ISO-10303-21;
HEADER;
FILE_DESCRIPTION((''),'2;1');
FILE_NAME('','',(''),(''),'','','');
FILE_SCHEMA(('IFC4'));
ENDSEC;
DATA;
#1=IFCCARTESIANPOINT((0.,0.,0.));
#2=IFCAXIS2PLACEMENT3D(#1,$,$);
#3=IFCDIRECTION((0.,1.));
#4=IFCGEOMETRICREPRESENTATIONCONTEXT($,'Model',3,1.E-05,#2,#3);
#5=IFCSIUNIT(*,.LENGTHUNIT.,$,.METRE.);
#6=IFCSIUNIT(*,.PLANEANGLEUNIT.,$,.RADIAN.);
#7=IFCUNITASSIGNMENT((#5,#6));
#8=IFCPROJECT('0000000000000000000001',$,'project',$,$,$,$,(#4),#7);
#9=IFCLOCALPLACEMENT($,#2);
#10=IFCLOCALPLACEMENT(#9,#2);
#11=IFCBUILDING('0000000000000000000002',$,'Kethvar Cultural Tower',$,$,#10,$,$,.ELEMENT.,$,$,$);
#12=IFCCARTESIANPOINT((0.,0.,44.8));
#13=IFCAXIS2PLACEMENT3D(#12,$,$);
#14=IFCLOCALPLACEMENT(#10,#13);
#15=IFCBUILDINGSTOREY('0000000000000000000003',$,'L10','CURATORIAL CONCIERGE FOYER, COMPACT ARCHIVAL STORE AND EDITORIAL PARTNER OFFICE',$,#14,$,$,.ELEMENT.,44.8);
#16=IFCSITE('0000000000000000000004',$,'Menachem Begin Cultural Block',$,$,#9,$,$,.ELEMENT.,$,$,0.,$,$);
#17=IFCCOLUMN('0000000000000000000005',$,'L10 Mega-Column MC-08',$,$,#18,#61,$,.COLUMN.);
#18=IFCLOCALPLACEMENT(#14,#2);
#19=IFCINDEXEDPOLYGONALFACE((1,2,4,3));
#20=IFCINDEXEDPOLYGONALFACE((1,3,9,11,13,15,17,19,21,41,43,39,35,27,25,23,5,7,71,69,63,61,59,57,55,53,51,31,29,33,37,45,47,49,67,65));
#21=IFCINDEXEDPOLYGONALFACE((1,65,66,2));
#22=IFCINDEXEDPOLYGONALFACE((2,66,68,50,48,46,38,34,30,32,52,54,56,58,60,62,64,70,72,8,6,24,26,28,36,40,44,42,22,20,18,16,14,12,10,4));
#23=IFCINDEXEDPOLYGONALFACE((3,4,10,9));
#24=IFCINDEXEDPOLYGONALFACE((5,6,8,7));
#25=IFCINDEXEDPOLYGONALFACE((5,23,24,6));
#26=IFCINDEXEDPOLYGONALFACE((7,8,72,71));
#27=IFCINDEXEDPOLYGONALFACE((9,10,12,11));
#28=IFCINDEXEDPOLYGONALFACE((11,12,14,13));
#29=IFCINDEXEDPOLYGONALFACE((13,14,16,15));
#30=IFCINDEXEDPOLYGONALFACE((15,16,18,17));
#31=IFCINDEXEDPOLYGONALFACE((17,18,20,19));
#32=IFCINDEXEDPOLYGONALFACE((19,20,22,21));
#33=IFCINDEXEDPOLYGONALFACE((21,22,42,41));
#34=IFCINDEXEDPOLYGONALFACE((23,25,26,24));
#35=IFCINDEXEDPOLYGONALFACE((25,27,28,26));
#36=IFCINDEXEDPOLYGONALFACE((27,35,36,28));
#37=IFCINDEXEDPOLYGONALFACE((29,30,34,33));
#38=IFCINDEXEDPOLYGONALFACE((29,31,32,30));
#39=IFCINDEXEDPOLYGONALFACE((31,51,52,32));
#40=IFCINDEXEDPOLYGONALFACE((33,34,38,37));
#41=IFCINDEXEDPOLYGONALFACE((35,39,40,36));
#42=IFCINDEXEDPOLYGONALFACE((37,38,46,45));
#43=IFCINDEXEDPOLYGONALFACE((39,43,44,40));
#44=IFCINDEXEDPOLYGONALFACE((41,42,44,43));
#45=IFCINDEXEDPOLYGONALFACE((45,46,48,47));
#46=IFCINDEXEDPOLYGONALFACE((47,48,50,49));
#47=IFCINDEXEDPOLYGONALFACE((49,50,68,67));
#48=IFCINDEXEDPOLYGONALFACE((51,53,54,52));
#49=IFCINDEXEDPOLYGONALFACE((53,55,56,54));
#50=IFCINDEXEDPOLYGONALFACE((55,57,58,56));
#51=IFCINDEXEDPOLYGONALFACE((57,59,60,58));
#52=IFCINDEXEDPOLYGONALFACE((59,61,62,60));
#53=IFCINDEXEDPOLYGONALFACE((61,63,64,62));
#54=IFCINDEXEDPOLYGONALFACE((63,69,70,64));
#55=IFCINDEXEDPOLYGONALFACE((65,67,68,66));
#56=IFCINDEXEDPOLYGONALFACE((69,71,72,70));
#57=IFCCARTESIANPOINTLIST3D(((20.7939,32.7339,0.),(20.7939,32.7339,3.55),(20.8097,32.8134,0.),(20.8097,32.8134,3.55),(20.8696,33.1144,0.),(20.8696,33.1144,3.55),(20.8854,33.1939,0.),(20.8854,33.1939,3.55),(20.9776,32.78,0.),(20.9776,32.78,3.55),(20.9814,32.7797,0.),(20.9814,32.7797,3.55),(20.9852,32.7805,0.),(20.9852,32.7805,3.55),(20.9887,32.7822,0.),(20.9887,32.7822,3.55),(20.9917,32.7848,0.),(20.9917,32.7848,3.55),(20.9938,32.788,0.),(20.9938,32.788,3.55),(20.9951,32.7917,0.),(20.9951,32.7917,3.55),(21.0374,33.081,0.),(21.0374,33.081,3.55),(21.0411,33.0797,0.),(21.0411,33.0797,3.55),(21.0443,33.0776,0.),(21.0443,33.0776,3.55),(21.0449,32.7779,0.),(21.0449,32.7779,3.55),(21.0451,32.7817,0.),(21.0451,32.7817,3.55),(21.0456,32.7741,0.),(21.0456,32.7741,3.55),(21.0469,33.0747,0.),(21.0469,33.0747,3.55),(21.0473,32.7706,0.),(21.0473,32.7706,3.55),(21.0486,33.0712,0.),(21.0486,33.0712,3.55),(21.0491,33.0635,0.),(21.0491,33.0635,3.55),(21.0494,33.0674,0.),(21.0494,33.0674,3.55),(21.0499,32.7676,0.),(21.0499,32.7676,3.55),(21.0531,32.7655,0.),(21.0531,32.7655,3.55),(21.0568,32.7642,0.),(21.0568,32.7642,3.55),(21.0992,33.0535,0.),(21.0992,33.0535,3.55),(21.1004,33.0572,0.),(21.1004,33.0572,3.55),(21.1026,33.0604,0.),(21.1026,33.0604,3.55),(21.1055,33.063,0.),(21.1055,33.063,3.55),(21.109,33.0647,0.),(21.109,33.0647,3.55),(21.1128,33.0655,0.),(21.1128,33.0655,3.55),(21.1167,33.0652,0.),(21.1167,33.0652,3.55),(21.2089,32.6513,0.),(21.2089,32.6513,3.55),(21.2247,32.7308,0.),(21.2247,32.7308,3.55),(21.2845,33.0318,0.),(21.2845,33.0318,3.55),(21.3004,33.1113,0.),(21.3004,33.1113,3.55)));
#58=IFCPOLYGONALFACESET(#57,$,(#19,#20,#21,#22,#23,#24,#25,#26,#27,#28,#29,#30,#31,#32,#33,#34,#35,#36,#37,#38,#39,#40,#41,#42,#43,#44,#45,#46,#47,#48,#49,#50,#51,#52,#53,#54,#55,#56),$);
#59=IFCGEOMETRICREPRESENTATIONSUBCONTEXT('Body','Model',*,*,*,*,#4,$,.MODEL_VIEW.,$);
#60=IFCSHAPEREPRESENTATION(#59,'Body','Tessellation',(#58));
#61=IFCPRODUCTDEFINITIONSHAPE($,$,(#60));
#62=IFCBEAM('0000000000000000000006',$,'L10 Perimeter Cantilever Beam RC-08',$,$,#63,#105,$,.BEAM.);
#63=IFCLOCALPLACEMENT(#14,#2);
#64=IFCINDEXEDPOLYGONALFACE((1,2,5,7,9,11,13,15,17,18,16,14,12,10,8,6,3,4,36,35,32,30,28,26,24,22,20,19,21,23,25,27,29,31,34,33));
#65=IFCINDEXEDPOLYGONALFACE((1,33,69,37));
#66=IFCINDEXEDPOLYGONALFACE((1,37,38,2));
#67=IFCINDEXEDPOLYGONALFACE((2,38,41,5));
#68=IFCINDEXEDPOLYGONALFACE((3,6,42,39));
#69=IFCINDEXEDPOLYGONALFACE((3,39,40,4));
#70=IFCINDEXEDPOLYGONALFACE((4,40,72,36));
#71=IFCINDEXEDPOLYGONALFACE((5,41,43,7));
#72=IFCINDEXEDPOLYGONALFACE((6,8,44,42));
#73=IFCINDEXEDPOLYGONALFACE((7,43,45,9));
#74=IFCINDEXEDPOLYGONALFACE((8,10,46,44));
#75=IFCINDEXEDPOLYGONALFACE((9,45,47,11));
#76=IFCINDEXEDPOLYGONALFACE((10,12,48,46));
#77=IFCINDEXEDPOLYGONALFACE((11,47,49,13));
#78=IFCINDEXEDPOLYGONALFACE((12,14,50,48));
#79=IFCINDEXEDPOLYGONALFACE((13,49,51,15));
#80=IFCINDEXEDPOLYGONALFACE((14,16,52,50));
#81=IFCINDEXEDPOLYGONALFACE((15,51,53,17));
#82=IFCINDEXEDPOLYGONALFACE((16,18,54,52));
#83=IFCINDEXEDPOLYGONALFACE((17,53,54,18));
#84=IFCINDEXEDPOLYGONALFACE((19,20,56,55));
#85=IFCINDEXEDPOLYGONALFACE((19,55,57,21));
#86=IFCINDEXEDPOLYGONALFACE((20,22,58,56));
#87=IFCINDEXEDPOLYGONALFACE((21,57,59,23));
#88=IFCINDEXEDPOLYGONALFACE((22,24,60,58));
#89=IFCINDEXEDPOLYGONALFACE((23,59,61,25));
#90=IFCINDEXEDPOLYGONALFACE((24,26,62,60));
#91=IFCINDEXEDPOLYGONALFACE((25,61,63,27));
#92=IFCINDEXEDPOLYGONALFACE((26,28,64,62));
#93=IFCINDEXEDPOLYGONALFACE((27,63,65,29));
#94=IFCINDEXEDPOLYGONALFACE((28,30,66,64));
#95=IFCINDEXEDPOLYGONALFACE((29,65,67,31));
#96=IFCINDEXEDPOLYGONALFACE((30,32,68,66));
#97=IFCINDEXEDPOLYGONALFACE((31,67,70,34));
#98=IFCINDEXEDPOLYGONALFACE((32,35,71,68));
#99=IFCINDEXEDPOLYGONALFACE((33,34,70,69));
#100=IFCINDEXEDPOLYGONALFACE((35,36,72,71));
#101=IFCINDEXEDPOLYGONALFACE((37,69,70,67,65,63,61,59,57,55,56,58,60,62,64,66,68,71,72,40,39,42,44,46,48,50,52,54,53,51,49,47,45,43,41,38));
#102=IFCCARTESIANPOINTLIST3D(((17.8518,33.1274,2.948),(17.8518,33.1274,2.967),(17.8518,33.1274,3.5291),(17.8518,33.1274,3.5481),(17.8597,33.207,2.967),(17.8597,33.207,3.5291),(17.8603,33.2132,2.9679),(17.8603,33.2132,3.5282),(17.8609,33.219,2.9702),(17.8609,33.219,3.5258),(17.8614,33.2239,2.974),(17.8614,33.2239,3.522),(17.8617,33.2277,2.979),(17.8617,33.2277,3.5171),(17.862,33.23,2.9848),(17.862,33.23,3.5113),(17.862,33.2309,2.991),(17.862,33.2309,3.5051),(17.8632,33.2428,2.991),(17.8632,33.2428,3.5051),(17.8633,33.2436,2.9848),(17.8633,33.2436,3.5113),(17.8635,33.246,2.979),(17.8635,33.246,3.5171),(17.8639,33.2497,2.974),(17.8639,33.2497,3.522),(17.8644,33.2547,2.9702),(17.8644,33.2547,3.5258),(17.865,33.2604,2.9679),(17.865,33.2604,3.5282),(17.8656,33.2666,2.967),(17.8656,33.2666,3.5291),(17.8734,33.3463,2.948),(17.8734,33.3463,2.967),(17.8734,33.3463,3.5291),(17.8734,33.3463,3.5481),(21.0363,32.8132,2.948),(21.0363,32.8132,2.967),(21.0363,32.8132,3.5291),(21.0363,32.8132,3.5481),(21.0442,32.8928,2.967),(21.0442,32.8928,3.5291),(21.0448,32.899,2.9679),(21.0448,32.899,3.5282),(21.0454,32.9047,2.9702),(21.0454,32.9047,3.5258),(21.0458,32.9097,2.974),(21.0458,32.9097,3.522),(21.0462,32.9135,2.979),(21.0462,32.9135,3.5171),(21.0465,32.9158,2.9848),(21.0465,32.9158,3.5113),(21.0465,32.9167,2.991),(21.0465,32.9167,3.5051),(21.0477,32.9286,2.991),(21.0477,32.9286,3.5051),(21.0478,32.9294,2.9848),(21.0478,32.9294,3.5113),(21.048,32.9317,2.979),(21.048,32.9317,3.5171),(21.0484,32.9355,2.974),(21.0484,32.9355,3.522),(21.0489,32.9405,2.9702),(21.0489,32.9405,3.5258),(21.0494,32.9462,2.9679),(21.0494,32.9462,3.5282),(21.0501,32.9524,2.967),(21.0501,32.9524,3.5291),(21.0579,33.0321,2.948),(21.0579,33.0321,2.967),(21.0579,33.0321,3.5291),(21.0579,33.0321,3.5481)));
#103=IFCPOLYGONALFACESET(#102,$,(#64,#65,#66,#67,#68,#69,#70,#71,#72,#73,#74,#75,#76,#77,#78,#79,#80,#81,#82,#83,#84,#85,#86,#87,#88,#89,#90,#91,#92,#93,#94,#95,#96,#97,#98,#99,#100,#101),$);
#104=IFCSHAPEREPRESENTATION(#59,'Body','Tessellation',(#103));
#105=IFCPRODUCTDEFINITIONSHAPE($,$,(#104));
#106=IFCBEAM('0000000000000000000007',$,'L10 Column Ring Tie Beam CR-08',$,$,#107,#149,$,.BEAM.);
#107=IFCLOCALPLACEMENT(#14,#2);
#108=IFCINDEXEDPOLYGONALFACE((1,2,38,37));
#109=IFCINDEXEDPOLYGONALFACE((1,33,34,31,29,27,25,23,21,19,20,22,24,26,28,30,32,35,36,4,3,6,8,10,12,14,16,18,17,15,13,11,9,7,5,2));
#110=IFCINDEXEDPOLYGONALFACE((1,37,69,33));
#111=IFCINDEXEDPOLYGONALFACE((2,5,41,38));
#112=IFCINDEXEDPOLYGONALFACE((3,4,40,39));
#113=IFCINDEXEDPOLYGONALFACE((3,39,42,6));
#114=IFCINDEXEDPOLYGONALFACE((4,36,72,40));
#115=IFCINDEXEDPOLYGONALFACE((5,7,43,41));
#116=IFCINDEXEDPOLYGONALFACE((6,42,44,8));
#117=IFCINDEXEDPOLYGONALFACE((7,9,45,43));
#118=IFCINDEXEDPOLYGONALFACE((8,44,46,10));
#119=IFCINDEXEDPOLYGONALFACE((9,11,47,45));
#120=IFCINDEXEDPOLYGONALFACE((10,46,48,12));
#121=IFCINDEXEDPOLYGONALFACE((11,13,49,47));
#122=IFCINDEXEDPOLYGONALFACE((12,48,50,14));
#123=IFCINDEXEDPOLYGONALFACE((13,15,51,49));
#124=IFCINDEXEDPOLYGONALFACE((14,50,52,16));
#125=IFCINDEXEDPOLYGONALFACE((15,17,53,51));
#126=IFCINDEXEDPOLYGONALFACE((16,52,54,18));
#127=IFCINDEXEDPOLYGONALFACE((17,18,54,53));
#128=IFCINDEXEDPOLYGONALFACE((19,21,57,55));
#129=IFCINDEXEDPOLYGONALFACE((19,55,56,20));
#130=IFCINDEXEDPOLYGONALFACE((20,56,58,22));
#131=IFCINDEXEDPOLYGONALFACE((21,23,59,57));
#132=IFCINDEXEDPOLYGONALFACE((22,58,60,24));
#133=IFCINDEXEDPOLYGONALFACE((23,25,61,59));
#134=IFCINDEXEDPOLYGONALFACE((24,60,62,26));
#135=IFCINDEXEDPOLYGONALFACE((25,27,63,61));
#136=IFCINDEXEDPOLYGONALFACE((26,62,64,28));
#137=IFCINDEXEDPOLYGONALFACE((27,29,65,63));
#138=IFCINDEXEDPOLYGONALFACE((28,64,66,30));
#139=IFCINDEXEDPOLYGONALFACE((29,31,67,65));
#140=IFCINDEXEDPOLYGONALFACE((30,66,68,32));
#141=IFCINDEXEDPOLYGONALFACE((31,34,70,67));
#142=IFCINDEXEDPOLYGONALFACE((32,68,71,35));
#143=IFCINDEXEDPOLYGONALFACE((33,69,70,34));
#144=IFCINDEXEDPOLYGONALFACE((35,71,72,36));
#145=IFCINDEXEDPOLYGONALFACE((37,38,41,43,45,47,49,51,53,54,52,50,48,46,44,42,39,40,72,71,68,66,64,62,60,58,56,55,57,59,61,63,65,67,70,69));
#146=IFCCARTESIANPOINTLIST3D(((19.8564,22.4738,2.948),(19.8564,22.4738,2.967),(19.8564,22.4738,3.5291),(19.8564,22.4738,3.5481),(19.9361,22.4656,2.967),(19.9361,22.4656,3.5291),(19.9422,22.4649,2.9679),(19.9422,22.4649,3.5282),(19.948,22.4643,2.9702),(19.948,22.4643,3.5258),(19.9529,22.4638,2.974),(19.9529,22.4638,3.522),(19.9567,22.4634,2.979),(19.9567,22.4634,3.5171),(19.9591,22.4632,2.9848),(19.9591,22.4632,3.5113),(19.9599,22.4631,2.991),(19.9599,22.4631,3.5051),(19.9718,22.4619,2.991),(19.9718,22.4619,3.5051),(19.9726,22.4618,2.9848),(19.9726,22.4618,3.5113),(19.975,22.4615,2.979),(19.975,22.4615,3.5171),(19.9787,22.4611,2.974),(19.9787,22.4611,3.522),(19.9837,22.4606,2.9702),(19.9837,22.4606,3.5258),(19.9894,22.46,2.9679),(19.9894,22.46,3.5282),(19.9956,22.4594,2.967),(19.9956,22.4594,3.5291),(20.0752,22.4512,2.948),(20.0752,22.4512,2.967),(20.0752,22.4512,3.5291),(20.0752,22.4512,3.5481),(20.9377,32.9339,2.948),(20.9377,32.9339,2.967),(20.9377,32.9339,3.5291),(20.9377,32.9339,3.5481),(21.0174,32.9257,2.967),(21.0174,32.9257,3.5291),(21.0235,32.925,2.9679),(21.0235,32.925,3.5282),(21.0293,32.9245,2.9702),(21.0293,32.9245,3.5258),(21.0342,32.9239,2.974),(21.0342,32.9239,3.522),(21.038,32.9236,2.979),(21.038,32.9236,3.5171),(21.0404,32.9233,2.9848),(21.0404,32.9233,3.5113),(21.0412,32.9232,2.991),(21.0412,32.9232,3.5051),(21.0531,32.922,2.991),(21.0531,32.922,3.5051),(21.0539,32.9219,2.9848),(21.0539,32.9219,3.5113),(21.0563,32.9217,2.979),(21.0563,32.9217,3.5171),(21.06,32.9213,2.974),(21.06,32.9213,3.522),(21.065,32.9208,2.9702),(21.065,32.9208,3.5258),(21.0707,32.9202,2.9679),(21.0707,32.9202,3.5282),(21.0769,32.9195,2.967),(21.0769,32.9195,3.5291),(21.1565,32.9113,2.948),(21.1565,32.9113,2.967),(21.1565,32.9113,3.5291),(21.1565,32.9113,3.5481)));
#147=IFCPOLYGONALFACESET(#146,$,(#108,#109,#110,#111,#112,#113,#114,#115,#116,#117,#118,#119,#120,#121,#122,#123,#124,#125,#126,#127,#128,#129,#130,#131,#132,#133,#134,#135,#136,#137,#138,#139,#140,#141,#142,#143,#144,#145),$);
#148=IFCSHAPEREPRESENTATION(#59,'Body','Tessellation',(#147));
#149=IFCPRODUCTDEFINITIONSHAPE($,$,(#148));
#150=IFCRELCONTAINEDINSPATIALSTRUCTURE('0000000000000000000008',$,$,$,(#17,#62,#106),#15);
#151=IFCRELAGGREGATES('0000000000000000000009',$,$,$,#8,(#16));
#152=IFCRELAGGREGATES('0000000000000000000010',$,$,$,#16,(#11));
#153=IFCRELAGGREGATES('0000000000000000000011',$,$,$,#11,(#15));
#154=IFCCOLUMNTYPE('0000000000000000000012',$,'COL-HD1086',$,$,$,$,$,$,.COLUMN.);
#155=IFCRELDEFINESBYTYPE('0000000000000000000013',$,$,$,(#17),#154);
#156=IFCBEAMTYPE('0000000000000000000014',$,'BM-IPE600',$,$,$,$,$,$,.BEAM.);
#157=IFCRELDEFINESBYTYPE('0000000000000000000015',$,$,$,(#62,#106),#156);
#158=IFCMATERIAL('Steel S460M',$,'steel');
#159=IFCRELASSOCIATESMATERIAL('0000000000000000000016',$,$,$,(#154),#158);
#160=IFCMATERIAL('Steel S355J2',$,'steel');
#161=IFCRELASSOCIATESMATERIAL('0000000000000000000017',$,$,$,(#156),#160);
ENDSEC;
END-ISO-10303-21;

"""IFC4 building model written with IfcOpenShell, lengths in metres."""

from ifc_helpers import new_model, si_unit, direction, frame, origin, origin_2d, place, context, subcontext, project, spatial, i_section, extrude, source, transform, mapped, material, material_profile, profile_set, type_object, element, save


model = new_model("IFC4")

# Units and contexts
model_context = context("Model", 3, precision=1e-05, world=origin(), true_north=direction((0.0, 1.0)))
body_context = subcontext(model_context, "Body", "Model", "MODEL_VIEW")
ifc_project = project(units=[si_unit("LENGTHUNIT", "METRE"), si_unit("PLANEANGLEUNIT", "RADIAN")], contexts=[model_context])

# Site, building, storey
site_placement = place(None, origin())
site = spatial("IfcSite", under=ifc_project, at=site_placement, Name="Menachem Begin Cultural Block", CompositionType="ELEMENT", RefElevation=0.0)
building_placement = place(site_placement, origin())
building = spatial("IfcBuilding", under=site, at=building_placement, Name="Kethvar Cultural Tower", CompositionType="ELEMENT")
storey_placement = place(building_placement, frame((0.0, 0.0, 44.8)))
storey = spatial("IfcBuildingStorey", under=building, at=storey_placement, Name="L10", Description="CURATORIAL CONCIERGE FOYER, COMPACT ARCHIVAL STORE AND EDITORIAL PARTNER OFFICE", CompositionType="ELEMENT", Elevation=44.8)

# Column
ifc_material_1 = material(Name="Steel S460M", Category="steel")
ifc_material_profile_1 = material_profile(ifc_material_1, i_section(OverallWidth=0.4231, OverallDepth=0.469, WebThickness=0.051, FlangeThickness=0.0811, FilletRadius=0.0149, at=origin_2d()), Name="Steel S460M — HD400x1086")
ifc_profile_set_1 = profile_set([ifc_material_profile_1], Name="Steel S460M — HD400x1086")
column_type = type_object("IfcColumnType", Name="COL-HD1086", PredefinedType="COLUMN", material=ifc_profile_set_1)
shared_shape_1 = source(origin(), body_context, "Body", "SweptSolid", [
    extrude(i_section(OverallWidth=0.4231, OverallDepth=0.469, WebThickness=0.051, FlangeThickness=0.0811, FilletRadius=0.0149, at=origin_2d()), origin(), (0.0, 0.0, 1.0), 3.55),
])
column_placement = place(storey_placement, frame((21.0471, 32.9226, 0.0), z_axis=(0.0, 0.0, 1.0), x_axis=(-0.980785, 0.19509, 0.0)))
element("IfcColumn", 1, at=column_placement, inside=storey, type_object=column_type, Name="L10 Mega-Column MC-08", PredefinedType="COLUMN", context=body_context, shape_type="MappedRepresentation", body=[
    mapped(shared_shape_1, transform((0.0, 0.0, 0.0), scale=1.0)),
])

# Beams
ifc_material_2 = material(Name="Steel S355J2", Category="steel")
ifc_material_profile_2 = material_profile(ifc_material_2, i_section(OverallWidth=0.22, OverallDepth=0.6001, WebThickness=0.012, FlangeThickness=0.019, FilletRadius=0.0239, at=origin_2d()), Name="Steel S355J2 — IPE600")
ifc_profile_set_2 = profile_set([ifc_material_profile_2], Name="Steel S355J2 — IPE600")
beam_type_1 = type_object("IfcBeamType", Name="BM-IPE600", PredefinedType="BEAM", material=ifc_profile_set_2)
shared_shape_2 = source(origin(), body_context, "Body", "SweptSolid", [
    extrude(i_section(OverallWidth=0.22, OverallDepth=0.6001, WebThickness=0.012, FlangeThickness=0.019, FilletRadius=0.0239, at=origin_2d()), origin(), (0.0, 0.0, 1.0), 3.2),
])
beam_1_placement = place(storey_placement, frame((21.0471, 32.9226, 3.248), z_axis=(-0.995168, 0.098189, 0.0), x_axis=(-0.098189, -0.995168, 0.0)))
element("IfcBeam", 2, at=beam_1_placement, inside=storey, type_object=beam_type_1, Name="L10 Perimeter Cantilever Beam RC-08", PredefinedType="BEAM", context=body_context, shape_type="MappedRepresentation", body=[
    mapped(shared_shape_2, transform((0.0, 0.0, 0.0), scale=1.0)),
])
shared_shape_3 = source(origin(), body_context, "Body", "SweptSolid", [
    extrude(i_section(OverallWidth=0.22, OverallDepth=0.6001, WebThickness=0.012, FlangeThickness=0.019, FilletRadius=0.0239, at=origin_2d()), origin(), (0.0, 0.0, 1.0), 10.5159),
])
beam_2_placement = place(storey_placement, frame((21.0471, 32.9226, 3.248), z_axis=(-0.102825, -0.994699, 0.0), x_axis=(0.994699, -0.102825, 0.0)))
element("IfcBeam", 3, at=beam_2_placement, inside=storey, type_object=beam_type_1, Name="L10 Column Ring Tie Beam CR-08", PredefinedType="BEAM", context=body_context, shape_type="MappedRepresentation", body=[
    mapped(shared_shape_3, transform((0.0, 0.0, 0.0), scale=1.0)),
])

save(model, "model.ifc")
